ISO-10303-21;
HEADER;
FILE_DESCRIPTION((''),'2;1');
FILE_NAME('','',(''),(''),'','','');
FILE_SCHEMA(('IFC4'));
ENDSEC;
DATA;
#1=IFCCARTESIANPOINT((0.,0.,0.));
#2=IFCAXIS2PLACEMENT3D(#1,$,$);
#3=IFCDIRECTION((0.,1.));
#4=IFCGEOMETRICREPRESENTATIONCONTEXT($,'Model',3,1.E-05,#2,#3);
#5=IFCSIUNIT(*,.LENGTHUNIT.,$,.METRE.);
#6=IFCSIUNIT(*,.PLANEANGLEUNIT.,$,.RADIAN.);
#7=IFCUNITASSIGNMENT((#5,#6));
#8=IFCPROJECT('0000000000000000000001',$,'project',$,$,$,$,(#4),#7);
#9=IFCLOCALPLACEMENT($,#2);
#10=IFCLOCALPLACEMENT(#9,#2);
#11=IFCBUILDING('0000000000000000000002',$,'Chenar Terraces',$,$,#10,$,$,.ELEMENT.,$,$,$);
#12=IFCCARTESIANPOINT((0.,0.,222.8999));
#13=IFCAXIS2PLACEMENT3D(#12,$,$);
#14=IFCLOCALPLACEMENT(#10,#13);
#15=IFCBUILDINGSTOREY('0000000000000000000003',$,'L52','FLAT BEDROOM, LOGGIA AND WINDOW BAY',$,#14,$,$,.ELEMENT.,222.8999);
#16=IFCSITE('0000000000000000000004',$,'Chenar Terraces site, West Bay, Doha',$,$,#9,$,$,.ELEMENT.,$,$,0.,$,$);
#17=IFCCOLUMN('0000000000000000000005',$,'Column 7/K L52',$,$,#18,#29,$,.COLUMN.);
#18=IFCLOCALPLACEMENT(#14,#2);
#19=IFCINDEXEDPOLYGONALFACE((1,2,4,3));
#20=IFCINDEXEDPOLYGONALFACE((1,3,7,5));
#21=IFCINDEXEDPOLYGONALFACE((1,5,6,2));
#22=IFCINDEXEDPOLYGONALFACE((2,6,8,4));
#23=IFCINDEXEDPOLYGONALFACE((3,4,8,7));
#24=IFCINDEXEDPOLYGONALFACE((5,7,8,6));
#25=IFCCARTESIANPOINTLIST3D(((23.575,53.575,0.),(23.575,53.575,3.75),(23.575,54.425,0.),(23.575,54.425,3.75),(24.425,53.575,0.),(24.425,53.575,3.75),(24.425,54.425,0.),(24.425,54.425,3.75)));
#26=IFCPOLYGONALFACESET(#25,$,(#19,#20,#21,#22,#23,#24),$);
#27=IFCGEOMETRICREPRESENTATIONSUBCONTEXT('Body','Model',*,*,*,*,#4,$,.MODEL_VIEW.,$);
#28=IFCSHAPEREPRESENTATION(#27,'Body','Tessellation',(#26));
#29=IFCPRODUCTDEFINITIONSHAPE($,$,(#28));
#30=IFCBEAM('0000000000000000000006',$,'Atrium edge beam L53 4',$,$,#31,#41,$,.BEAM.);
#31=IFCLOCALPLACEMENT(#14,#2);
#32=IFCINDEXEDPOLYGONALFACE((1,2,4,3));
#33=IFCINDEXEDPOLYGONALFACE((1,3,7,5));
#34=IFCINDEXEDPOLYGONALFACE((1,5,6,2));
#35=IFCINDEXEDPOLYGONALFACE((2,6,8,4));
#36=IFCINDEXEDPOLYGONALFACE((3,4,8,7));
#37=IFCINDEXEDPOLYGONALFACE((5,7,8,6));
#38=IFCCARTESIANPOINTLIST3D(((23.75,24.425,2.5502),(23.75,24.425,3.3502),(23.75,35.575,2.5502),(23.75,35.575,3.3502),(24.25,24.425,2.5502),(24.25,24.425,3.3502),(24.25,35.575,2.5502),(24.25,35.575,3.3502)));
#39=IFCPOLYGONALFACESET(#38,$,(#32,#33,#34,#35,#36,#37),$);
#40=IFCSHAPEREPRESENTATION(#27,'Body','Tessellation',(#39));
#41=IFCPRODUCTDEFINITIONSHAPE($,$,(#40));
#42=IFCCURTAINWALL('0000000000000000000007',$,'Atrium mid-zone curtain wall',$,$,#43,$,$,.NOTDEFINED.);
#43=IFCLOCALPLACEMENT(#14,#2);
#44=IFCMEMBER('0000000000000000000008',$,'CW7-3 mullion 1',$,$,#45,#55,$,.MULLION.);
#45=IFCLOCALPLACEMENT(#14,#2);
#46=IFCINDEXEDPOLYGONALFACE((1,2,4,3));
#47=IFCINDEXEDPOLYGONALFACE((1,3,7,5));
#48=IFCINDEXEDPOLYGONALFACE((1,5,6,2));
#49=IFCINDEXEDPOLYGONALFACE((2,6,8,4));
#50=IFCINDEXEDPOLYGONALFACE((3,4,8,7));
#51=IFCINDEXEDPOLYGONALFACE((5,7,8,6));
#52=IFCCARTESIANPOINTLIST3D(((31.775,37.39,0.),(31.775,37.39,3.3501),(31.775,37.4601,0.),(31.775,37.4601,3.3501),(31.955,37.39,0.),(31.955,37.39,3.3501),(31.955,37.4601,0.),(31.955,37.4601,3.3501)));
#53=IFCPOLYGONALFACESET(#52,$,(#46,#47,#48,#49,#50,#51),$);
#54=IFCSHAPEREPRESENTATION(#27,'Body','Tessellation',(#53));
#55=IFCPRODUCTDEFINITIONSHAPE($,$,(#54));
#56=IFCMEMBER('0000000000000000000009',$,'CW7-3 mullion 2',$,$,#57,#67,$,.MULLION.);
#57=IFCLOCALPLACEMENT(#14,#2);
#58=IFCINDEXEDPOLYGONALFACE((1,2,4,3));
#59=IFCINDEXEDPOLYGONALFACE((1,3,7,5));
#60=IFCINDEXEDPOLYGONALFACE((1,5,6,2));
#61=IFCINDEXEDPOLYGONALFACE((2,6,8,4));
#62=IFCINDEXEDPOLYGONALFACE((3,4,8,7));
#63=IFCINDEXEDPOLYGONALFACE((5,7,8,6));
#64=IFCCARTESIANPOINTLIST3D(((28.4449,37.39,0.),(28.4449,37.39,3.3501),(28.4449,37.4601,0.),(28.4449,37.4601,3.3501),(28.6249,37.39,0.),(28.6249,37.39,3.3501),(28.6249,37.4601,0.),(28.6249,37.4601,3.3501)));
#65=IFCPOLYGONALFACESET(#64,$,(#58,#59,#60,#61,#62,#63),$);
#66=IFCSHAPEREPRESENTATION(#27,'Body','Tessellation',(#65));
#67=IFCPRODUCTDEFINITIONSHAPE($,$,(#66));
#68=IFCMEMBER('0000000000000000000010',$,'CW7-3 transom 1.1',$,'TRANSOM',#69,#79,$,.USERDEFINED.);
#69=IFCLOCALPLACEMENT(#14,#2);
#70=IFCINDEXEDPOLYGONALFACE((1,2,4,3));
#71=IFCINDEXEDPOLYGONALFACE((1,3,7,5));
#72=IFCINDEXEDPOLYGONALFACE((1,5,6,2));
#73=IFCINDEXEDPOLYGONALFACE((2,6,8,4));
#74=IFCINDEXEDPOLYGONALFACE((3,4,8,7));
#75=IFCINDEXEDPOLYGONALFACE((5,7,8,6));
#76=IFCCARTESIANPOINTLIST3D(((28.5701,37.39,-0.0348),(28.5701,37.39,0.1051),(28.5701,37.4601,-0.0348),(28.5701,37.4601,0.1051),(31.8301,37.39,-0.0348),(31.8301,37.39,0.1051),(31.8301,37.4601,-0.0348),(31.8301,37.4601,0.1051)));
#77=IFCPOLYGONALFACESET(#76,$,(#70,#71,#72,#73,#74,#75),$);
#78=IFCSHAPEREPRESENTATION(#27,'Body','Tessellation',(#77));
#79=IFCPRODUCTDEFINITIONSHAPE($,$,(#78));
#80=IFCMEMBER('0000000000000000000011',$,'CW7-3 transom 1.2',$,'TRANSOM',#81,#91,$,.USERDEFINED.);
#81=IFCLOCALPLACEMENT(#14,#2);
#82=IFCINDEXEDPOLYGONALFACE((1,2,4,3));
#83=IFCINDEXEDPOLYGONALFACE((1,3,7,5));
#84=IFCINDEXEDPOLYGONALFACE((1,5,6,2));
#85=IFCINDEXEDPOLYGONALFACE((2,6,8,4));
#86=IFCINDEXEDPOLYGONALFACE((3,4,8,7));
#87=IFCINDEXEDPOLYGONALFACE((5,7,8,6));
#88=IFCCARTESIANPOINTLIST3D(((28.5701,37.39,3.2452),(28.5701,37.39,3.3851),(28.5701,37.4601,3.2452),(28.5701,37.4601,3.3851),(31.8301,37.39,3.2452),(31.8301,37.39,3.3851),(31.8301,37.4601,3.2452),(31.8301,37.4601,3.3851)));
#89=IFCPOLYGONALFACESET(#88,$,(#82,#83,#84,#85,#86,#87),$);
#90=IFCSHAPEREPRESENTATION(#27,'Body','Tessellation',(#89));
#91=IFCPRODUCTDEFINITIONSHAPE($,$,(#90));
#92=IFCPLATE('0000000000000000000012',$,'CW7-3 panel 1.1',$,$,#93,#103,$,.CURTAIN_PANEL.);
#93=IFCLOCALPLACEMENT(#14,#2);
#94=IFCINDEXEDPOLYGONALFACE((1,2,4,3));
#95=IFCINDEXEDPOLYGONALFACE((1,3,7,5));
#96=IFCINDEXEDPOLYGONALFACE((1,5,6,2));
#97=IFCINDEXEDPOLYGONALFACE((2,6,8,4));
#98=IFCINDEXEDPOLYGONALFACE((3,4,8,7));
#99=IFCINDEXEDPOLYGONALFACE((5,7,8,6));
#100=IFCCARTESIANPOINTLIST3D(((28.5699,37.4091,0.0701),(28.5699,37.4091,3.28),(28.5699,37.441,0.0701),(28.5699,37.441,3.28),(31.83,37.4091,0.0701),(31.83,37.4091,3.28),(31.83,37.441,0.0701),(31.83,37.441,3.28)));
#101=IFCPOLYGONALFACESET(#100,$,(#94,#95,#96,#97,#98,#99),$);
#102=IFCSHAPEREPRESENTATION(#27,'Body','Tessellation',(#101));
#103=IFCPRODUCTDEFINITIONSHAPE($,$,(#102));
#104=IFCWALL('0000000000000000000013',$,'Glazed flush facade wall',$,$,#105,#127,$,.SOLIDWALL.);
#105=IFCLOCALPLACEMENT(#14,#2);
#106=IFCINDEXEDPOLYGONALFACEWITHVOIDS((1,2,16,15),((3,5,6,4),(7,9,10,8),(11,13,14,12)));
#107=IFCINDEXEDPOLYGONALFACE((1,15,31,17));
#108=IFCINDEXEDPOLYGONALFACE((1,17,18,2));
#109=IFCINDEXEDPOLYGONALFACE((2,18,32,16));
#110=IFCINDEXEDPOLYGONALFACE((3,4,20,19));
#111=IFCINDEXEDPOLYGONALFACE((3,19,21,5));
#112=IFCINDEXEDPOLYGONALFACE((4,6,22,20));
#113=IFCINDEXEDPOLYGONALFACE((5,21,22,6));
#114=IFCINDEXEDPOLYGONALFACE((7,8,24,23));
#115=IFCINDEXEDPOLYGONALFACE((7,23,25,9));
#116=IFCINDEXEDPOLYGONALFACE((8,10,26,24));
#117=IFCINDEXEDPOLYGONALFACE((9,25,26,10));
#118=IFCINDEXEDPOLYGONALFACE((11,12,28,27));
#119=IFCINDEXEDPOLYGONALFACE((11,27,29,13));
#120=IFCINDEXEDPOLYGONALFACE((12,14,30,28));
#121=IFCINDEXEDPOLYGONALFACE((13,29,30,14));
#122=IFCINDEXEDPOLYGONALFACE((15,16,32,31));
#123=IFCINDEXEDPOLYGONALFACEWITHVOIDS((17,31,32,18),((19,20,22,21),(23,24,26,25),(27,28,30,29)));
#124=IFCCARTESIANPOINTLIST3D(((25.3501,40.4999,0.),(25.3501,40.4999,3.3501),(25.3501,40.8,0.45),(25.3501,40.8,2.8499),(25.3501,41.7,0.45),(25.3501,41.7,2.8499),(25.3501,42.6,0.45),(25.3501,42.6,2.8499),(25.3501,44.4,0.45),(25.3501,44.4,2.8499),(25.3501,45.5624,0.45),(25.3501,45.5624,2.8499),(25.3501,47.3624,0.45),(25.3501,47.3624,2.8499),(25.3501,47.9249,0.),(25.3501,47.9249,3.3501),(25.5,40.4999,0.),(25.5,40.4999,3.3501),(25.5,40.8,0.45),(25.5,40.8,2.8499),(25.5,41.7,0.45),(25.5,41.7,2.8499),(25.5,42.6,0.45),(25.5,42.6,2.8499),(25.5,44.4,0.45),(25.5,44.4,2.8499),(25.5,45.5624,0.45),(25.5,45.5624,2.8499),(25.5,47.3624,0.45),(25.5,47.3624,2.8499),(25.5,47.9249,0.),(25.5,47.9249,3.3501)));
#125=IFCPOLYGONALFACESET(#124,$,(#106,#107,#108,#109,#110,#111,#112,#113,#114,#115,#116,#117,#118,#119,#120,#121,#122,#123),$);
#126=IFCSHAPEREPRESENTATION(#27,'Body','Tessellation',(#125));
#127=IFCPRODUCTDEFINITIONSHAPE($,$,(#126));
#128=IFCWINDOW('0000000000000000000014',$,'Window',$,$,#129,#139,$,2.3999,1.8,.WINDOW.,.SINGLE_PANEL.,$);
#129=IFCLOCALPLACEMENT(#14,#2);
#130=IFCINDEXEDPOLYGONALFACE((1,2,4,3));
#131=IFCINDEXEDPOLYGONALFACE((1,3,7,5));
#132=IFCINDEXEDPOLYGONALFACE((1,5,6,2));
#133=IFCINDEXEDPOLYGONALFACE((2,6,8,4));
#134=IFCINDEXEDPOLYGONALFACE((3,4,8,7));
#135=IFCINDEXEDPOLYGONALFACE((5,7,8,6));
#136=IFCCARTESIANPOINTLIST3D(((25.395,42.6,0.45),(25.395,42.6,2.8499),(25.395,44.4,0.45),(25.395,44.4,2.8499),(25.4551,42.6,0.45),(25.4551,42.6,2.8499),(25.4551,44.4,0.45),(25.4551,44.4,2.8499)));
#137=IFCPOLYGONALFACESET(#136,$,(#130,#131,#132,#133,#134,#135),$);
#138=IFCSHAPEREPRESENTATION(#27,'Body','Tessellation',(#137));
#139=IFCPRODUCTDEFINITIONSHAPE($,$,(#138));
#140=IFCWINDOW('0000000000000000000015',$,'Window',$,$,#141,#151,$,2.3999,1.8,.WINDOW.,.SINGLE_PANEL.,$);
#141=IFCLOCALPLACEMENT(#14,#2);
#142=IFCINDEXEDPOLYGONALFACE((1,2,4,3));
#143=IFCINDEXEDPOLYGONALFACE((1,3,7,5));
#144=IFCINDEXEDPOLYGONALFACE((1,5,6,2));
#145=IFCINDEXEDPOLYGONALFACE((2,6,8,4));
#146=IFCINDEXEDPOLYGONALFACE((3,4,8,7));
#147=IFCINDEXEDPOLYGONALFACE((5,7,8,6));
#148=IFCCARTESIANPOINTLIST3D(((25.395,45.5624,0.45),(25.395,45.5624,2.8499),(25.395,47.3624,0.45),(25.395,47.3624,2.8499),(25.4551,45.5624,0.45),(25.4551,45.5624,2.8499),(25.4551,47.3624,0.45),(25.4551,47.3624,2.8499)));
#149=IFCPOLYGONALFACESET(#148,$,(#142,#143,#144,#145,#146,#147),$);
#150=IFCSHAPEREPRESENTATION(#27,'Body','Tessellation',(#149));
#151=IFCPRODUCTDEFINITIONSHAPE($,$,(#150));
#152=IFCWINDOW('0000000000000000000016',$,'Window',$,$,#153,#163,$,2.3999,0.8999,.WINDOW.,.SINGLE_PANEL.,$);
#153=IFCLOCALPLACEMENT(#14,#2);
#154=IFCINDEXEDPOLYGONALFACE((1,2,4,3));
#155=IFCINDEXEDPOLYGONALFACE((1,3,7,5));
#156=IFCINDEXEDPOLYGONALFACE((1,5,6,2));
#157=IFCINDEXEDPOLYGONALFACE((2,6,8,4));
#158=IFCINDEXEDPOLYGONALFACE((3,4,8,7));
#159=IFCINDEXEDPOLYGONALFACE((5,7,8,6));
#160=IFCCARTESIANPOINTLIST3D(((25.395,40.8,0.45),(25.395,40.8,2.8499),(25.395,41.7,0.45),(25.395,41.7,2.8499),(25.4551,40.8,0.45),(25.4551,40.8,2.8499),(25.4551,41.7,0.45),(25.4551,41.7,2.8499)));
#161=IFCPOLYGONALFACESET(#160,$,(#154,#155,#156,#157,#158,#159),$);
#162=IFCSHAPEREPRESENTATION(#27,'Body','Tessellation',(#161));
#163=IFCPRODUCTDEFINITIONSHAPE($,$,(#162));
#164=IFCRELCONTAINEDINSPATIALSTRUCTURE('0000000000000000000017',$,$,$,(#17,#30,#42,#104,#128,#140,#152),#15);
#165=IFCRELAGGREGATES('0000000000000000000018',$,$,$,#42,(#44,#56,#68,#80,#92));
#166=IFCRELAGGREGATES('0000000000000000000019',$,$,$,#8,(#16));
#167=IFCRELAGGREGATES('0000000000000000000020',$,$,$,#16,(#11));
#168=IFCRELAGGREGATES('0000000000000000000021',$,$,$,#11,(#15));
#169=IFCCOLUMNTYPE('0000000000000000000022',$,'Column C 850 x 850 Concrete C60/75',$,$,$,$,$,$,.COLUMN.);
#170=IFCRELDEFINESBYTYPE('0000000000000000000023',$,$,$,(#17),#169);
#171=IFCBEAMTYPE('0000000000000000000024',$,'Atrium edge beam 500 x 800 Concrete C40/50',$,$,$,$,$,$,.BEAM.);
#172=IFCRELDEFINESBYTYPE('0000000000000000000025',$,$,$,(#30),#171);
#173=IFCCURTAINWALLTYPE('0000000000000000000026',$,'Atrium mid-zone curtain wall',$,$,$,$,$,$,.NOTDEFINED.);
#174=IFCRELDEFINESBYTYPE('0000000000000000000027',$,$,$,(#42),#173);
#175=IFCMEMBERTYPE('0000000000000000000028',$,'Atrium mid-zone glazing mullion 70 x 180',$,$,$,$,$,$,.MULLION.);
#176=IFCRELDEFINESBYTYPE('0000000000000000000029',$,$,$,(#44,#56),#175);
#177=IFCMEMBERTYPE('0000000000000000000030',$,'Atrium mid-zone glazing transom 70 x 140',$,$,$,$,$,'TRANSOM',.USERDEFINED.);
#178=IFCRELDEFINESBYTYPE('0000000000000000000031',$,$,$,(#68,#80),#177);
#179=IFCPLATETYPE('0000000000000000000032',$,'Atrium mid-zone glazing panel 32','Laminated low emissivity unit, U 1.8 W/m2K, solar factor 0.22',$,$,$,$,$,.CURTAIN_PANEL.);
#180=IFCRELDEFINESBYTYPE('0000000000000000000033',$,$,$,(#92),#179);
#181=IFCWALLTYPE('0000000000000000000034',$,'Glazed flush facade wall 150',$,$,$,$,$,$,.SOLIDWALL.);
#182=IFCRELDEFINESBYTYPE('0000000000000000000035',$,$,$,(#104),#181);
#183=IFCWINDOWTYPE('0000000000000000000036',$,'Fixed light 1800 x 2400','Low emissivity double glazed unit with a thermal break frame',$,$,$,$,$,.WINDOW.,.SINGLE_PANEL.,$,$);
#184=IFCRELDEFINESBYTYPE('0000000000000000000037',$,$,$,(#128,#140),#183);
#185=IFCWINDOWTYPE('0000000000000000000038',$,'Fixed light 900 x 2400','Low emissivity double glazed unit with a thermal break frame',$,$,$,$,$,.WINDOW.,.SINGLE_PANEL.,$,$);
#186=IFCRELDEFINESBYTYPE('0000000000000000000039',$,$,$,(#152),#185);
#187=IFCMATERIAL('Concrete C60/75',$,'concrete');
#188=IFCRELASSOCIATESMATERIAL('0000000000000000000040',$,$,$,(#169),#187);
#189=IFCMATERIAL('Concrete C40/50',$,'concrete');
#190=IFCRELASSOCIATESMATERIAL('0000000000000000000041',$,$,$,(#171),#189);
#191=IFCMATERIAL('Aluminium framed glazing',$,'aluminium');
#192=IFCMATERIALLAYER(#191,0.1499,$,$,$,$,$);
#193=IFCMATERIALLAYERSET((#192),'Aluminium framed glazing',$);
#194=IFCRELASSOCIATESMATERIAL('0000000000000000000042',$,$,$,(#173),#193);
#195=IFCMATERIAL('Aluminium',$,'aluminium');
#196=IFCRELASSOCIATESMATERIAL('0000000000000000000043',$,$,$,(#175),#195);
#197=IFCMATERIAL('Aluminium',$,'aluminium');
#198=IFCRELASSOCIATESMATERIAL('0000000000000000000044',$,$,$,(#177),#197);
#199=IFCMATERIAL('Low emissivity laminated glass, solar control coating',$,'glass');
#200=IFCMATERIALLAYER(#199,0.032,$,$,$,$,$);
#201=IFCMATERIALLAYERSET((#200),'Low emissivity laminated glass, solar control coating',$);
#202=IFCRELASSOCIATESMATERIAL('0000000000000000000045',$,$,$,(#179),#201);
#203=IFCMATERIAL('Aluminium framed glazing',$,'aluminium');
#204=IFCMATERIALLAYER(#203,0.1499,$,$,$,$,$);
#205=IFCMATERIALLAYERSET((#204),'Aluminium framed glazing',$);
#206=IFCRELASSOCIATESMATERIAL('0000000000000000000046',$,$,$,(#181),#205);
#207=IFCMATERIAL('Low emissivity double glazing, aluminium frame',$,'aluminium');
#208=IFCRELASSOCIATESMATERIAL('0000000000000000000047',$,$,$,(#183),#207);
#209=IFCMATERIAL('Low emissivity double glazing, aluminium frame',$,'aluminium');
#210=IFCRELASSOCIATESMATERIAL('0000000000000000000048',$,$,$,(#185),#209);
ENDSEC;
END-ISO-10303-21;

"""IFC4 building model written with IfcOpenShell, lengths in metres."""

from ifc_helpers import new_model, si_unit, direction, frame, frame_2d, origin, origin_2d, place, context, subcontext, project, spatial, rectangle, extrude, material, layer, layer_set, material_profile, profile_set, type_object, element, fill, aggregate, save


model = new_model("IFC4")

# Units and contexts
model_context = context("Model", 3, precision=1e-05, world=origin(), true_north=direction((0.0, 1.0)))
body_context = subcontext(model_context, "Body", "Model", "MODEL_VIEW")
ifc_project = project(units=[si_unit("LENGTHUNIT", "METRE"), si_unit("PLANEANGLEUNIT", "RADIAN")], contexts=[model_context])

# Site, building, storey
site_placement = place(None, origin())
site = spatial("IfcSite", under=ifc_project, at=site_placement, Name="Chenar Terraces site, West Bay, Doha", CompositionType="ELEMENT", RefElevation=0.0)
building_placement = place(site_placement, origin())
building = spatial("IfcBuilding", under=site, at=building_placement, Name="Chenar Terraces", CompositionType="ELEMENT")
storey_placement = place(building_placement, frame((0.0, 0.0, 222.8999)))
storey = spatial("IfcBuildingStorey", under=building, at=storey_placement, Name="L52", Description="FLAT BEDROOM, LOGGIA AND WINDOW BAY", CompositionType="ELEMENT", Elevation=222.8999)

# Column
ifc_material_1 = material(Name="Concrete C60/75", Category="concrete")
ifc_material_profile_1 = material_profile(ifc_material_1, rectangle(XDim=0.8501, YDim=0.8501, at=origin_2d()), Name="C 850 x 850")
ifc_profile_set_1 = profile_set([ifc_material_profile_1], Name="Concrete C60/75")
column_type = type_object("IfcColumnType", Name="Column C 850 x 850 Concrete C60/75", PredefinedType="COLUMN", material=ifc_profile_set_1)
column_placement = place(storey_placement, frame((24.0, 54.0, 0.0), z_axis=(0.0, 0.0, 1.0), x_axis=(1.0, 0.0, 0.0)))
element("IfcColumn", 1, at=column_placement, inside=storey, type_object=column_type, Name="Column 7/K L52", PredefinedType="COLUMN", context=body_context, shape_type="SweptSolid", body=[
    extrude(rectangle(XDim=0.8501, YDim=0.8501, at=origin_2d()), origin(), (0.0, 0.0, 1.0), 3.75),
])

# Beam
ifc_material_2 = material(Name="Concrete C40/50", Category="concrete")
ifc_material_profile_2 = material_profile(ifc_material_2, rectangle(XDim=0.5, YDim=0.8, at=origin_2d()), Name="RC 500 x 800")
ifc_profile_set_2 = profile_set([ifc_material_profile_2], Name="Concrete C40/50")
beam_type = type_object("IfcBeamType", Name="Atrium edge beam 500 x 800 Concrete C40/50", PredefinedType="BEAM", material=ifc_profile_set_2)
beam_placement = place(storey_placement, frame((24.0, 35.575, 2.9502), z_axis=(0.0, -1.0, 0.0), x_axis=(1.0, 0.0, 0.0)))
element("IfcBeam", 2, at=beam_placement, inside=storey, type_object=beam_type, Name="Atrium edge beam L53 4", PredefinedType="BEAM", context=body_context, shape_type="SweptSolid", body=[
    extrude(rectangle(XDim=0.5, YDim=0.8, at=origin_2d()), origin(), (0.0, 0.0, 1.0), 11.1499),
])

# Curtain wall, members, plate
ifc_material_3 = material(Name="Aluminium framed glazing", Category="aluminium")
ifc_layer_1 = layer(ifc_material_3, 0.1499)
ifc_layer_set_1 = layer_set([ifc_layer_1], Name="Aluminium framed glazing")
curtain_wall_type = type_object("IfcCurtainWallType", Name="Atrium mid-zone curtain wall", PredefinedType="NOTDEFINED", material=ifc_layer_set_1)
curtain_wall_placement = place(storey_placement, origin())
curtain_wall = element("IfcCurtainWall", 3, at=curtain_wall_placement, inside=storey, type_object=curtain_wall_type, Name="Atrium mid-zone curtain wall", PredefinedType="NOTDEFINED")
ifc_material_4 = material(Name="Aluminium", Category="aluminium")
ifc_material_profile_3 = material_profile(ifc_material_4, rectangle(XDim=0.0701, YDim=0.1799, at=origin_2d()), Name="Atrium mid-zone glazing mullion 70 x 180")
ifc_profile_set_3 = profile_set([ifc_material_profile_3], Name="Aluminium")
member_type_1 = type_object("IfcMemberType", Name="Atrium mid-zone glazing mullion 70 x 180", PredefinedType="MULLION", material=ifc_profile_set_3)
member_1_placement = place(storey_placement, frame((31.865, 37.425, 0.0), z_axis=(0.0, 0.0, 1.0), x_axis=(0.0, -1.0, 0.0)))
member_1 = element("IfcMember", 4, at=member_1_placement, type_object=member_type_1, Name="CW7-3 mullion 1", PredefinedType="MULLION", context=body_context, shape_type="SweptSolid", body=[
    extrude(rectangle(XDim=0.0701, YDim=0.1799, at=origin_2d()), origin(), (0.0, 0.0, 1.0), 3.3501),
])
member_2_placement = place(storey_placement, frame((28.5349, 37.425, 0.0), z_axis=(0.0, 0.0, 1.0), x_axis=(0.0, -1.0, 0.0)))
member_2 = element("IfcMember", 5, at=member_2_placement, type_object=member_type_1, Name="CW7-3 mullion 2", PredefinedType="MULLION", context=body_context, shape_type="SweptSolid", body=[
    extrude(rectangle(XDim=0.0701, YDim=0.1799, at=origin_2d()), origin(), (0.0, 0.0, 1.0), 3.3501),
])
ifc_material_5 = material(Name="Aluminium", Category="aluminium")
ifc_material_profile_4 = material_profile(ifc_material_5, rectangle(XDim=0.0701, YDim=0.1399, at=origin_2d()), Name="Atrium mid-zone glazing transom 70 x 140")
ifc_profile_set_4 = profile_set([ifc_material_profile_4], Name="Aluminium")
member_type_2 = type_object("IfcMemberType", Name="Atrium mid-zone glazing transom 70 x 140", ElementType="TRANSOM", PredefinedType="USERDEFINED", material=ifc_profile_set_4)
member_3_placement = place(storey_placement, frame((31.8301, 37.425, 0.0352), z_axis=(-1.0, 0.0, 0.0), x_axis=(0.0, -1.0, 0.0)))
member_3 = element("IfcMember", 6, at=member_3_placement, type_object=member_type_2, Name="CW7-3 transom 1.1", ObjectType="TRANSOM", PredefinedType="USERDEFINED", context=body_context, shape_type="SweptSolid", body=[
    extrude(rectangle(XDim=0.0701, YDim=0.1399, at=origin_2d()), origin(), (0.0, 0.0, 1.0), 3.26),
])
member_4_placement = place(storey_placement, frame((31.8301, 37.425, 3.3152), z_axis=(-1.0, 0.0, 0.0), x_axis=(0.0, -1.0, 0.0)))
member_4 = element("IfcMember", 7, at=member_4_placement, type_object=member_type_2, Name="CW7-3 transom 1.2", ObjectType="TRANSOM", PredefinedType="USERDEFINED", context=body_context, shape_type="SweptSolid", body=[
    extrude(rectangle(XDim=0.0701, YDim=0.1399, at=origin_2d()), origin(), (0.0, 0.0, 1.0), 3.26),
])
ifc_material_6 = material(Name="Low emissivity laminated glass, solar control coating", Category="glass")
ifc_layer_2 = layer(ifc_material_6, 0.032)
ifc_layer_set_2 = layer_set([ifc_layer_2], Name="Low emissivity laminated glass, solar control coating")
plate_type = type_object("IfcPlateType", Name="Atrium mid-zone glazing panel 32", Description="Laminated low emissivity unit, U 1.8 W/m2K, solar factor 0.22", PredefinedType="CURTAIN_PANEL", material=ifc_layer_set_2)
plate_placement = place(storey_placement, frame((30.2, 37.425, 0.0701), z_axis=(0.0, 0.0, 1.0), x_axis=(-1.0, 0.0, 0.0)))
plate = element("IfcPlate", 8, at=plate_placement, type_object=plate_type, Name="CW7-3 panel 1.1", PredefinedType="CURTAIN_PANEL", context=body_context, shape_type="SweptSolid", body=[
    extrude(rectangle(XDim=3.26, YDim=0.032, at=origin_2d()), origin(), (0.0, 0.0, 1.0), 3.21),
])
aggregate(curtain_wall, [member_1, member_2, member_3, member_4, plate])

# Wall, openings, windows
ifc_material_7 = material(Name="Aluminium framed glazing", Category="aluminium")
ifc_layer_3 = layer(ifc_material_7, 0.1499)
ifc_layer_set_3 = layer_set([ifc_layer_3], Name="Aluminium framed glazing")
wall_type_1 = type_object("IfcWallType", Name="Glazed flush facade wall 150", PredefinedType="SOLIDWALL", material=ifc_layer_set_3)
wall_1_placement = place(storey_placement, frame((25.425, 40.5, 0.0), z_axis=(0.0, 0.0, 1.0), x_axis=(0.0, 1.0, 0.0)))
wall_1 = element("IfcWall", 9, at=wall_1_placement, inside=storey, type_object=wall_type_1, Name="Glazed flush facade wall", PredefinedType="SOLIDWALL", context=body_context, shape_type="SweptSolid", body=[
    extrude(rectangle(XDim=7.425, YDim=0.1499, at=frame_2d((3.7124, 0.0))), origin(), (0.0, 0.0, 1.0), 3.3501),
])
opening_1_placement = place(wall_1_placement, frame((0.3, 0.0, 0.45)))
opening_1 = element("IfcOpeningElement", 10, at=opening_1_placement, cuts=wall_1, PredefinedType="OPENING", context=body_context, shape_type="SweptSolid", body=[
    extrude(rectangle(XDim=0.8999, YDim=2.3999, at=frame_2d((0.45, 1.2))), frame((0.0, 0.085, 0.0), z_axis=(0.0, -1.0, 0.0), x_axis=(1.0, 0.0, 0.0)), (0.0, 0.0, 1.0), 0.1699),
])
opening_2_placement = place(wall_1_placement, frame((2.1001, 0.0, 0.45)))
opening_2 = element("IfcOpeningElement", 11, at=opening_2_placement, cuts=wall_1, PredefinedType="OPENING", context=body_context, shape_type="SweptSolid", body=[
    extrude(rectangle(XDim=1.8, YDim=2.3999, at=frame_2d((0.8999, 1.2))), frame((0.0, 0.085, 0.0), z_axis=(0.0, -1.0, 0.0), x_axis=(1.0, 0.0, 0.0)), (0.0, 0.0, 1.0), 0.1699),
])
opening_3_placement = place(wall_1_placement, frame((5.0625, 0.0, 0.45)))
opening_3 = element("IfcOpeningElement", 12, at=opening_3_placement, cuts=wall_1, PredefinedType="OPENING", context=body_context, shape_type="SweptSolid", body=[
    extrude(rectangle(XDim=1.8, YDim=2.3999, at=frame_2d((0.8999, 1.2))), frame((0.0, 0.085, 0.0), z_axis=(0.0, -1.0, 0.0), x_axis=(1.0, 0.0, 0.0)), (0.0, 0.0, 1.0), 0.1699),
])
ifc_material_8 = material(Name="Low emissivity double glazing, aluminium frame", Category="aluminium")
window_type_1 = type_object("IfcWindowType", Name="Fixed light 1800 x 2400", Description="Low emissivity double glazed unit with a thermal break frame", PartitioningType="SINGLE_PANEL", PredefinedType="WINDOW", material=ifc_material_8)
window_1_placement = place(opening_2_placement, origin())
window_1 = element("IfcWindow", 13, at=window_1_placement, inside=storey, type_object=window_type_1, Name="Window", OverallHeight=2.3999, OverallWidth=1.8, PartitioningType="SINGLE_PANEL", PredefinedType="WINDOW", context=body_context, shape_type="SweptSolid", body=[
    extrude(rectangle(XDim=1.8, YDim=2.3999, at=frame_2d((0.8999, 1.2))), frame((0.0, 0.03, 0.0), z_axis=(0.0, -1.0, 0.0), x_axis=(1.0, 0.0, 0.0)), (0.0, 0.0, 1.0), 0.0601),
])
fill(opening_2, window_1)
window_2_placement = place(opening_3_placement, origin())
window_2 = element("IfcWindow", 14, at=window_2_placement, inside=storey, type_object=window_type_1, Name="Window", OverallHeight=2.3999, OverallWidth=1.8, PartitioningType="SINGLE_PANEL", PredefinedType="WINDOW", context=body_context, shape_type="SweptSolid", body=[
    extrude(rectangle(XDim=1.8, YDim=2.3999, at=frame_2d((0.8999, 1.2))), frame((0.0, 0.03, 0.0), z_axis=(0.0, -1.0, 0.0), x_axis=(1.0, 0.0, 0.0)), (0.0, 0.0, 1.0), 0.0601),
])
fill(opening_3, window_2)
ifc_material_9 = material(Name="Low emissivity double glazing, aluminium frame", Category="aluminium")
window_type_2 = type_object("IfcWindowType", Name="Fixed light 900 x 2400", Description="Low emissivity double glazed unit with a thermal break frame", PartitioningType="SINGLE_PANEL", PredefinedType="WINDOW", material=ifc_material_9)
window_3_placement = place(opening_1_placement, origin())
window_3 = element("IfcWindow", 15, at=window_3_placement, inside=storey, type_object=window_type_2, Name="Window", OverallHeight=2.3999, OverallWidth=0.8999, PartitioningType="SINGLE_PANEL", PredefinedType="WINDOW", context=body_context, shape_type="SweptSolid", body=[
    extrude(rectangle(XDim=0.8999, YDim=2.3999, at=frame_2d((0.45, 1.2))), frame((0.0, 0.03, 0.0), z_axis=(0.0, -1.0, 0.0), x_axis=(1.0, 0.0, 0.0)), (0.0, 0.0, 1.0), 0.0601),
])
fill(opening_1, window_3)

save(model, "model.ifc")
